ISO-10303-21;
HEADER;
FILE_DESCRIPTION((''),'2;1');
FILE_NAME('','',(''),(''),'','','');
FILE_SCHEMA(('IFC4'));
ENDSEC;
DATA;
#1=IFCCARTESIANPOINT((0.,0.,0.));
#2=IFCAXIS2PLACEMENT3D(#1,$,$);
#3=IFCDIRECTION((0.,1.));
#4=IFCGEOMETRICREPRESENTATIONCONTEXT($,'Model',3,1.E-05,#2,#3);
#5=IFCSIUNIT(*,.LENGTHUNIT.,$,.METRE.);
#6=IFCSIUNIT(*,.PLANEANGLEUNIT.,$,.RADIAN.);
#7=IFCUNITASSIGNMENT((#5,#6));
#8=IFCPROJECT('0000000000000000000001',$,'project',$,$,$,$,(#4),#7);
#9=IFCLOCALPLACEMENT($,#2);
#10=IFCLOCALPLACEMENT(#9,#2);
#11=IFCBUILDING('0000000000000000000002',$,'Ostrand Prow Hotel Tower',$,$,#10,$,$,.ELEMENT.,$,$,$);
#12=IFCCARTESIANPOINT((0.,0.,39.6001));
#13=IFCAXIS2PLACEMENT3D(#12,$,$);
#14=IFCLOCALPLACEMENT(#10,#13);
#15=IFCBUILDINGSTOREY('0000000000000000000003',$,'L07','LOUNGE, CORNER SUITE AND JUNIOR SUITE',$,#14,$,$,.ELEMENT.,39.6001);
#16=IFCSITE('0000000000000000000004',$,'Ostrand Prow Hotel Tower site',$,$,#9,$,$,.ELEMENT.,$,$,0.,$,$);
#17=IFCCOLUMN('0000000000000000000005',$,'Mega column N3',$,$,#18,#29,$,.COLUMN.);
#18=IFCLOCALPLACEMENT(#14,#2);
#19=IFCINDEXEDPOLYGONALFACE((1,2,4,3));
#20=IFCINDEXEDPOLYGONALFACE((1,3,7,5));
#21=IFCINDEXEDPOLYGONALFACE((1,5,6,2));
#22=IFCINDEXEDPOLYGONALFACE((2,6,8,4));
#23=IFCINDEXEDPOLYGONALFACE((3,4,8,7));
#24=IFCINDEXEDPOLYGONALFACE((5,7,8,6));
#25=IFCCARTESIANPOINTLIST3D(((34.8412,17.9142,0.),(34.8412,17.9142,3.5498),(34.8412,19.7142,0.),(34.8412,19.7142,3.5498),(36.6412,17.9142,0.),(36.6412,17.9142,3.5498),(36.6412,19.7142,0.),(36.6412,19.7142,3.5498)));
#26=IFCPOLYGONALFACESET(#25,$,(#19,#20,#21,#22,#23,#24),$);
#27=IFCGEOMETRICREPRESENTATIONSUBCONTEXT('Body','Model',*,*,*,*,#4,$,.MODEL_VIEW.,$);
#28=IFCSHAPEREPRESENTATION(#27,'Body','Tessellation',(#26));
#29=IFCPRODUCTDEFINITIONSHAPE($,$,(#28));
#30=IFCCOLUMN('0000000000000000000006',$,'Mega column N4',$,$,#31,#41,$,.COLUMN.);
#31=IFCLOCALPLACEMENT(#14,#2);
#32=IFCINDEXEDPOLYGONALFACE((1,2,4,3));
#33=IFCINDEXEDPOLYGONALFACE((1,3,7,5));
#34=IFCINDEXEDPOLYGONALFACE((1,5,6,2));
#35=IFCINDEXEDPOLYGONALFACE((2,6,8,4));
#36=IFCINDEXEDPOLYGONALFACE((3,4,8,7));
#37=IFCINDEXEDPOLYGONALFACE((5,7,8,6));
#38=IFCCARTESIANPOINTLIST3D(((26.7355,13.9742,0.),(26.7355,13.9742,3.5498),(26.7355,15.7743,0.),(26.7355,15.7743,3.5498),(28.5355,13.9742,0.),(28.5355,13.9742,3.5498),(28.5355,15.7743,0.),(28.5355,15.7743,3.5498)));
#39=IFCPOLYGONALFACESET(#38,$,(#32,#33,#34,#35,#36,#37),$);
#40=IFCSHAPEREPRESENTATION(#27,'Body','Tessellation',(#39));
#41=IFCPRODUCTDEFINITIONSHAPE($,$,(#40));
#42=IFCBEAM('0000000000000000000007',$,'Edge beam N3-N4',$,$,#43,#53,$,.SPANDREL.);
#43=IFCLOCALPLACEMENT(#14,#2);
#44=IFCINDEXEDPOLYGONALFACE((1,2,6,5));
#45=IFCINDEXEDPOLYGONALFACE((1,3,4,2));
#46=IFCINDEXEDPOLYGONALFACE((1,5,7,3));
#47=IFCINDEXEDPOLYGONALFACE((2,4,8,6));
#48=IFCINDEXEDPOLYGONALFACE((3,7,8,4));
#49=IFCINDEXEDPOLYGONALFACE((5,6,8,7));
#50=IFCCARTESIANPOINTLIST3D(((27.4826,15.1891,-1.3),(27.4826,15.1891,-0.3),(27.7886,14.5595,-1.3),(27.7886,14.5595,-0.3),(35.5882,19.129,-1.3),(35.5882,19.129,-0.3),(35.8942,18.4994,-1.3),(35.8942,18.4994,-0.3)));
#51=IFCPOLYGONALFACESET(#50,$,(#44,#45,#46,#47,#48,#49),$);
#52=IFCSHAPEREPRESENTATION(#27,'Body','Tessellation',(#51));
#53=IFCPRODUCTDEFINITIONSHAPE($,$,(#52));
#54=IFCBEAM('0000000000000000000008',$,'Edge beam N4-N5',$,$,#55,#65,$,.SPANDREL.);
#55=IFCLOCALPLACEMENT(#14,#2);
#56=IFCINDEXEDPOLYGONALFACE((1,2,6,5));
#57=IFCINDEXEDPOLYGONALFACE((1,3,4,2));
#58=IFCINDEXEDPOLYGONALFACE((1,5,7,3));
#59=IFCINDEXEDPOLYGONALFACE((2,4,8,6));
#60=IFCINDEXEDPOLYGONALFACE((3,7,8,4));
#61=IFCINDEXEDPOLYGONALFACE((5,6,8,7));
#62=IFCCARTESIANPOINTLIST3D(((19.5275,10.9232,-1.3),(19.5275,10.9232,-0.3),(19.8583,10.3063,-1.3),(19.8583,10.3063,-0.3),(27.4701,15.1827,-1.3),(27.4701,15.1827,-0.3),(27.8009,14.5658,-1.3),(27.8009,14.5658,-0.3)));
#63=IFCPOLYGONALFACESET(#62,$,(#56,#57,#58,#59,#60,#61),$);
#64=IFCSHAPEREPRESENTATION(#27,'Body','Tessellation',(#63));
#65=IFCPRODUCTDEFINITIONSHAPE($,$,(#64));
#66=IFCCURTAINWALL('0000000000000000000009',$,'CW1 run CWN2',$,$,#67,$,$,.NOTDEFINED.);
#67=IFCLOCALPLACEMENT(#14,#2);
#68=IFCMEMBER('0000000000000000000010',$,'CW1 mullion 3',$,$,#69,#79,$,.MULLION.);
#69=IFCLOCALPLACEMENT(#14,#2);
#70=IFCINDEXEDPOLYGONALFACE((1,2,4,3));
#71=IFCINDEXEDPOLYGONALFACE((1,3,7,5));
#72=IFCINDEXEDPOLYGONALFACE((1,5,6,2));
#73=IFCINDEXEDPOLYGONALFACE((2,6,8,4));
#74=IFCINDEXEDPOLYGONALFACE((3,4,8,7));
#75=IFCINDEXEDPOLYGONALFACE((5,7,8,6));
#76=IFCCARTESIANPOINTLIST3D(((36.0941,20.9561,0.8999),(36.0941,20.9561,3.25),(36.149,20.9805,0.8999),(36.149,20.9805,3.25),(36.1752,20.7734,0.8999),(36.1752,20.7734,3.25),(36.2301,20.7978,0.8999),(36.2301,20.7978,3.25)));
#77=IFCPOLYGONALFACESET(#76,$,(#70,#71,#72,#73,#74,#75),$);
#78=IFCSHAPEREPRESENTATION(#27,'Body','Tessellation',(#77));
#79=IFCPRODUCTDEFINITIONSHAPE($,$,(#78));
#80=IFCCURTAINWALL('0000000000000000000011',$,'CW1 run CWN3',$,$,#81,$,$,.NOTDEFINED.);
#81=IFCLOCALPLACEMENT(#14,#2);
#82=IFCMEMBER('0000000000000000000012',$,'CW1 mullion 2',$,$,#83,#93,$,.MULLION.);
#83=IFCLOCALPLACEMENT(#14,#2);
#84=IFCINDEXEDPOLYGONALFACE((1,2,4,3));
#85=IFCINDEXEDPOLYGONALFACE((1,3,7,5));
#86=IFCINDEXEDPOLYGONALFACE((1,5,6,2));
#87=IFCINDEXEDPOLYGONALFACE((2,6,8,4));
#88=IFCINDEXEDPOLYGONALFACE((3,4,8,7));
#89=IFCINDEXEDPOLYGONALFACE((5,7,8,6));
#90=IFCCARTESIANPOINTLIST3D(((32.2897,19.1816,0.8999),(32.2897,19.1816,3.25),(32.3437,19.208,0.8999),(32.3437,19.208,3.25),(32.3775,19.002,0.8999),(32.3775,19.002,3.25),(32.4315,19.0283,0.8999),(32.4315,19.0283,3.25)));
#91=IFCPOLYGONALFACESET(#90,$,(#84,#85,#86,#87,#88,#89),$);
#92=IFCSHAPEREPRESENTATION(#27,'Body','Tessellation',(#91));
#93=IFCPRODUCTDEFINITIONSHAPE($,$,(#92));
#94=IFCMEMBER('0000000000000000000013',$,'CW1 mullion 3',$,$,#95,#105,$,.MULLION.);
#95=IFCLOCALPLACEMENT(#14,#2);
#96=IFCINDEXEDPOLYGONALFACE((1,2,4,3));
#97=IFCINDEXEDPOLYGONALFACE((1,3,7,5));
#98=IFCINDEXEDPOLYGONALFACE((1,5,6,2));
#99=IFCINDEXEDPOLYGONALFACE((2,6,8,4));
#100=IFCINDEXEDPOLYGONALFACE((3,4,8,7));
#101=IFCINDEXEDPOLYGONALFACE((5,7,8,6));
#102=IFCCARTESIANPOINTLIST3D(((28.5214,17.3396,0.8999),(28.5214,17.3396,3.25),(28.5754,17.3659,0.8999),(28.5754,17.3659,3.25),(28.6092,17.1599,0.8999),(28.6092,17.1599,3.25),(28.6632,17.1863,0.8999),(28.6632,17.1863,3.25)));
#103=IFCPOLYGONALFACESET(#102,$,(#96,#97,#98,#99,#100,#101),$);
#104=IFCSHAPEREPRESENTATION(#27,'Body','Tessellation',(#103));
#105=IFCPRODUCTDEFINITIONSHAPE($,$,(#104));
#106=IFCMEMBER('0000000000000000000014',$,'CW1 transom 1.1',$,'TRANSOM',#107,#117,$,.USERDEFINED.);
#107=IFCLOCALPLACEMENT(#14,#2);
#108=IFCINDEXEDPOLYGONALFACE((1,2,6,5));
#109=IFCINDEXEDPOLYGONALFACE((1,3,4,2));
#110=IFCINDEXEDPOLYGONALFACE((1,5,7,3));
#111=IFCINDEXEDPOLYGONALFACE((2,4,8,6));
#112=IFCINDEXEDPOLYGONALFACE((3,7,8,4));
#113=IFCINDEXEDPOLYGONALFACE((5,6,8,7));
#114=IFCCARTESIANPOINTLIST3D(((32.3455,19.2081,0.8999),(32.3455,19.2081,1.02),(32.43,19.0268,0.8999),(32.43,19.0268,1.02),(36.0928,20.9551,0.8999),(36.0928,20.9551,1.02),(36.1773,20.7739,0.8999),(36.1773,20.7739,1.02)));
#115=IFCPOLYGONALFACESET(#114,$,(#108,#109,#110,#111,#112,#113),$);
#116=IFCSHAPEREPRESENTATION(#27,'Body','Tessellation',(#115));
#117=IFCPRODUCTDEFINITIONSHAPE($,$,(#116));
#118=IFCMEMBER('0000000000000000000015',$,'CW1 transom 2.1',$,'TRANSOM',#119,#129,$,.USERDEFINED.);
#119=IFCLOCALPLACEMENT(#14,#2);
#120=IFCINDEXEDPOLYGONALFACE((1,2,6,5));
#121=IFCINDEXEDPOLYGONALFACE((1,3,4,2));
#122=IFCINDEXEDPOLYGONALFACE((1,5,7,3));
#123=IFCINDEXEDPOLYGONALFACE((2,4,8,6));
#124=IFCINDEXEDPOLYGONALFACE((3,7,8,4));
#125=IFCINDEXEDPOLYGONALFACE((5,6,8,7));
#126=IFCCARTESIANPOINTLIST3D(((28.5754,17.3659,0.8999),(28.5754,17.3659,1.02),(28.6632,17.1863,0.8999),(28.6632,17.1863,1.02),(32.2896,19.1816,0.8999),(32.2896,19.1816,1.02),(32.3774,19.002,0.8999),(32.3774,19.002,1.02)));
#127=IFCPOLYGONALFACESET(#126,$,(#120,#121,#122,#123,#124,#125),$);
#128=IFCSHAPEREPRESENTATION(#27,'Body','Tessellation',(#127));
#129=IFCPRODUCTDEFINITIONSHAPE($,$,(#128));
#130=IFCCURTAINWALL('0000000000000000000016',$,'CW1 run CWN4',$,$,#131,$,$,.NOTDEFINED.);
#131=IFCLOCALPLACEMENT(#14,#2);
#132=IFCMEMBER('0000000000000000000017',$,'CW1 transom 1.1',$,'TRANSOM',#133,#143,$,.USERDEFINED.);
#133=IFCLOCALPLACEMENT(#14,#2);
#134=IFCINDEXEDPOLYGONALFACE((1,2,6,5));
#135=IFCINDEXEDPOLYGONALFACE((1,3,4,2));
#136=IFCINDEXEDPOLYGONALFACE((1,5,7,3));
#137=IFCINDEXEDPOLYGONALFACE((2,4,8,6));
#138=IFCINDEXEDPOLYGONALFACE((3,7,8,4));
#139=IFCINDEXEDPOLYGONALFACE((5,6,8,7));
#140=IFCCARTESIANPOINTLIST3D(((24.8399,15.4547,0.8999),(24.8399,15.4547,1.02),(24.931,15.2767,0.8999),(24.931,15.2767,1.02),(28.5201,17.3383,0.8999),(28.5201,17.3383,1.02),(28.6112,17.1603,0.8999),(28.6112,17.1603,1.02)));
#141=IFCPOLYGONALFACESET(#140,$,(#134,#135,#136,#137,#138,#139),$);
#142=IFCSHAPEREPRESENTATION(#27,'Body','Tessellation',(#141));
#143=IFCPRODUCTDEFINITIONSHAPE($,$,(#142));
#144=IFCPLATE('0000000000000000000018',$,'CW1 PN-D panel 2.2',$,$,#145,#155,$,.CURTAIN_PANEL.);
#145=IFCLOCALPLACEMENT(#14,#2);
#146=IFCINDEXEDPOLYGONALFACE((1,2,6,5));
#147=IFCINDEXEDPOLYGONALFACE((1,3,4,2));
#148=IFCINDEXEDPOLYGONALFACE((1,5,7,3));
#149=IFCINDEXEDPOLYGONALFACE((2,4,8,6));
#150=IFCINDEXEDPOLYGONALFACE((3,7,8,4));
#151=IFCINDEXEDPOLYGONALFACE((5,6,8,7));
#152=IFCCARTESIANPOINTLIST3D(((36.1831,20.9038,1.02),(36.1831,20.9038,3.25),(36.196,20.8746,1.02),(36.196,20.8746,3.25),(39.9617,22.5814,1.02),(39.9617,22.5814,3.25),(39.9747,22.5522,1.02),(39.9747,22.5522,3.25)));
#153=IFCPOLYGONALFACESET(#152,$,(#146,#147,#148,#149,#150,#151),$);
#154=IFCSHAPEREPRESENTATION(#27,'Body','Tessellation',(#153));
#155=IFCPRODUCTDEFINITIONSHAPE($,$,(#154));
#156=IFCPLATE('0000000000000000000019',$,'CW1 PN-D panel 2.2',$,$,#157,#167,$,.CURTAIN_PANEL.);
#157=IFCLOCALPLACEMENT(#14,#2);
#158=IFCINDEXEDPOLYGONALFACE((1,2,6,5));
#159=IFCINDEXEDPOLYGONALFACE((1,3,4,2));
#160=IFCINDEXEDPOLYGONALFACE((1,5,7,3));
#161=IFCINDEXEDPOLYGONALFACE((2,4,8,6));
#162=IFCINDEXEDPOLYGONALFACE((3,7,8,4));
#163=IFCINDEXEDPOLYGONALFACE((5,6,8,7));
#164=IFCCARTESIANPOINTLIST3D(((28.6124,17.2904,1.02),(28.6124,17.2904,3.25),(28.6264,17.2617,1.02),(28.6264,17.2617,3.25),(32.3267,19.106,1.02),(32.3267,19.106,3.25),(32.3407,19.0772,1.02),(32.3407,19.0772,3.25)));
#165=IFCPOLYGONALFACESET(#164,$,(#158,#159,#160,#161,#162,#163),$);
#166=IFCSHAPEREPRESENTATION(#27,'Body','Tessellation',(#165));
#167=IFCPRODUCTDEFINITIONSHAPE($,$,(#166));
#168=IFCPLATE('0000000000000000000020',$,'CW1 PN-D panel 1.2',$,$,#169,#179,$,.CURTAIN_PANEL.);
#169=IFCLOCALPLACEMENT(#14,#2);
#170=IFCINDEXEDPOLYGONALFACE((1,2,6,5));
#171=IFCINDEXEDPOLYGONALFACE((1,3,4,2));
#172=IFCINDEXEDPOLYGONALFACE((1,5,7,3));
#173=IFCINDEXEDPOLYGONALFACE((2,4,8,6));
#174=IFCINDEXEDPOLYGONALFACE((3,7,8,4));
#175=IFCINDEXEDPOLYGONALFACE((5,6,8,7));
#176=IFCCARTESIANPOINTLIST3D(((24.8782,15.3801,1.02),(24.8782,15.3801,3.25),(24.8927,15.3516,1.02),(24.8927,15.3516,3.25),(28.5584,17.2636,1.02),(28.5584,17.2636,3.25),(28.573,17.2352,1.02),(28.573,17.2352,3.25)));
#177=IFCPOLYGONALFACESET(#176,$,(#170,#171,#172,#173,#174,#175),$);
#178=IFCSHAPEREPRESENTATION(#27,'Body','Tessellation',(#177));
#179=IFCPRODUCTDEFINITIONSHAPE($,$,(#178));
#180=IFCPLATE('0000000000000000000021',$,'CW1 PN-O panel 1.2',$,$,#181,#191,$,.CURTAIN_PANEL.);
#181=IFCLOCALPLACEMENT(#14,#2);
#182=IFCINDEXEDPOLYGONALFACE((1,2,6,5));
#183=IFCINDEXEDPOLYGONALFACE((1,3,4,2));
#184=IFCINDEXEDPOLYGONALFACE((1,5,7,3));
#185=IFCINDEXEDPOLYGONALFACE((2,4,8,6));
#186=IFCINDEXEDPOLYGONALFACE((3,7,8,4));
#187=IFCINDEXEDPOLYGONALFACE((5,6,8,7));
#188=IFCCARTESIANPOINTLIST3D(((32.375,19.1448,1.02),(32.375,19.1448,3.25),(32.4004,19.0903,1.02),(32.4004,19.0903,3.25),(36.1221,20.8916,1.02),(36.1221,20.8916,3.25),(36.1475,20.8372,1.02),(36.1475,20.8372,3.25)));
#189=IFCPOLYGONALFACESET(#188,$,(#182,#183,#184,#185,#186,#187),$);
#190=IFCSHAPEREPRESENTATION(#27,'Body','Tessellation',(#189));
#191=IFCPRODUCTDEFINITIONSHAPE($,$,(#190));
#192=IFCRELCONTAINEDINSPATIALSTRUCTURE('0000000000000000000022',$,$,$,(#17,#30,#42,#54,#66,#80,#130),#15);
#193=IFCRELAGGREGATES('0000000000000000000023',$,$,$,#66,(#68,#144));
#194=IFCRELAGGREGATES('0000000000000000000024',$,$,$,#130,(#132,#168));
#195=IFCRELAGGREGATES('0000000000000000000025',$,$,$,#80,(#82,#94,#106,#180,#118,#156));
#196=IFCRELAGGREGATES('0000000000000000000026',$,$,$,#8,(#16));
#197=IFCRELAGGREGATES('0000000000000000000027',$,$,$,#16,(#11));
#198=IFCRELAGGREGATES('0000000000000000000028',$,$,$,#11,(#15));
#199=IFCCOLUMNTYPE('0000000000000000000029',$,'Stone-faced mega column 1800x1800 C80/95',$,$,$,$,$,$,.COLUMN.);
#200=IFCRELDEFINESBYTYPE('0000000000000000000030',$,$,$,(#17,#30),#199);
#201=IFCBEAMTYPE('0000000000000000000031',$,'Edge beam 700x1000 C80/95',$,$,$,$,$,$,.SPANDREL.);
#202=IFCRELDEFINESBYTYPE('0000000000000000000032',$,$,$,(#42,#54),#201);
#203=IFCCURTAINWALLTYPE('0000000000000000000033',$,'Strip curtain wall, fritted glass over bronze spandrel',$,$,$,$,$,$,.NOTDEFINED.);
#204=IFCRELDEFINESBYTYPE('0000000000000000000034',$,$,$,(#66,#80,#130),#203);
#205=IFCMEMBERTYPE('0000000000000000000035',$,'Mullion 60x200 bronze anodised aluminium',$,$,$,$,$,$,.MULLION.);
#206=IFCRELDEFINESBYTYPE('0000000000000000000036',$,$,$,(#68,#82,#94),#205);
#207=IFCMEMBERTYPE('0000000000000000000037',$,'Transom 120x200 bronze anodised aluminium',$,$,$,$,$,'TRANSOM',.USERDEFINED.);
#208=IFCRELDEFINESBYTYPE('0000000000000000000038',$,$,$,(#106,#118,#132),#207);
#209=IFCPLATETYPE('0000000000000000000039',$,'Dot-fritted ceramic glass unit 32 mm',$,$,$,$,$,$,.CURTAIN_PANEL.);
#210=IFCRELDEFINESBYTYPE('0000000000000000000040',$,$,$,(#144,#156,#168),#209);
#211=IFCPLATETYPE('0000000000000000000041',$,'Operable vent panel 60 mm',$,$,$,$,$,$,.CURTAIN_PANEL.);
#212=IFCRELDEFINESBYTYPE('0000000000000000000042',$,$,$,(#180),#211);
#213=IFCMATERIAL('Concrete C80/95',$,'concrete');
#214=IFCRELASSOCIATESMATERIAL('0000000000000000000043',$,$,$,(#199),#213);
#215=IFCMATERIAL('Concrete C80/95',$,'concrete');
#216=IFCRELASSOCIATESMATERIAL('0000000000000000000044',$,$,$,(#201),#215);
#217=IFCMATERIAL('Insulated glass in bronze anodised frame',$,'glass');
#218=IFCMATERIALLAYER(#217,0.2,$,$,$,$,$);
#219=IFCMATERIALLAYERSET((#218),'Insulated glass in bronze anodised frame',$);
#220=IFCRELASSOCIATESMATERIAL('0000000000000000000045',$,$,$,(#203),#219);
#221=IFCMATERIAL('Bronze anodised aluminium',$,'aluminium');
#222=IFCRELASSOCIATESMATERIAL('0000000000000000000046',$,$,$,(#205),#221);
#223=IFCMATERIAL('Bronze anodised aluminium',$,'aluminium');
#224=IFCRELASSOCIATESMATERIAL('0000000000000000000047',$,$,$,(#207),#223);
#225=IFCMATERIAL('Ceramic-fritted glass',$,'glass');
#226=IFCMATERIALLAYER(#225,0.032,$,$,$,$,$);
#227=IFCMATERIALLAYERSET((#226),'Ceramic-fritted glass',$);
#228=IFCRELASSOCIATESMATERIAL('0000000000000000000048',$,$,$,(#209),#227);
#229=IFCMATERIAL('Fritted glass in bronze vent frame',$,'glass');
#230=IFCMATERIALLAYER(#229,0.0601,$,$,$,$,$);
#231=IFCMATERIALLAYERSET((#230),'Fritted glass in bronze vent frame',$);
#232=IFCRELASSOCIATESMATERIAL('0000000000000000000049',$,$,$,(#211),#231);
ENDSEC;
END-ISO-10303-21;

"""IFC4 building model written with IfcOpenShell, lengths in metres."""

from ifc_helpers import new_model, si_unit, direction, frame, origin, origin_2d, place, context, subcontext, project, spatial, rectangle, extrude, material, layer, layer_set, material_profile, profile_set, type_object, element, aggregate, save


model = new_model("IFC4")

# Units and contexts
model_context = context("Model", 3, precision=1e-05, world=origin(), true_north=direction((0.0, 1.0)))
body_context = subcontext(model_context, "Body", "Model", "MODEL_VIEW")
ifc_project = project(units=[si_unit("LENGTHUNIT", "METRE"), si_unit("PLANEANGLEUNIT", "RADIAN")], contexts=[model_context])

# Site, building, storey
site_placement = place(None, origin())
site = spatial("IfcSite", under=ifc_project, at=site_placement, Name="Ostrand Prow Hotel Tower site", CompositionType="ELEMENT", RefElevation=0.0)
building_placement = place(site_placement, origin())
building = spatial("IfcBuilding", under=site, at=building_placement, Name="Ostrand Prow Hotel Tower", CompositionType="ELEMENT")
storey_placement = place(building_placement, frame((0.0, 0.0, 39.6001)))
storey = spatial("IfcBuildingStorey", under=building, at=storey_placement, Name="L07", Description="LOUNGE, CORNER SUITE AND JUNIOR SUITE", CompositionType="ELEMENT", Elevation=39.6001)

# Columns
ifc_material_1 = material(Name="Concrete C80/95", Category="concrete")
ifc_material_profile_1 = material_profile(ifc_material_1, rectangle(XDim=1.8, YDim=1.8, at=origin_2d()), Name="RC 1800x1800")
ifc_profile_set_1 = profile_set([ifc_material_profile_1], Name="Concrete C80/95")
column_type = type_object("IfcColumnType", Name="Stone-faced mega column 1800x1800 C80/95", PredefinedType="COLUMN", material=ifc_profile_set_1)
for number, where, z_axis, x_axis, name in (
    (1, (35.7412, 18.8142, 0.0), (0.0, 0.0, 1.0), (1.0, 0.0, 0.0), "Mega column N3"),
    (2, (27.6355, 14.8743, 0.0), (0.0, 0.0, 1.0), (1.0, 0.0, 0.0), "Mega column N4"),
):
    element("IfcColumn", number, at=place(storey_placement, frame(where, z_axis=z_axis, x_axis=x_axis)), inside=storey, type_object=column_type, Name=name, PredefinedType="COLUMN", context=body_context, shape_type="SweptSolid", body=[
        extrude(rectangle(XDim=1.8, YDim=1.8, at=origin_2d()), origin(), (0.0, 0.0, 1.0), 3.5498),
    ])

# Beams
ifc_material_2 = material(Name="Concrete C80/95", Category="concrete")
ifc_material_profile_2 = material_profile(ifc_material_2, rectangle(XDim=0.7, YDim=1.0, at=origin_2d()), Name="RC 700x1000")
ifc_profile_set_2 = profile_set([ifc_material_profile_2], Name="Concrete C80/95")
beam_type = type_object("IfcBeamType", Name="Edge beam 700x1000 C80/95", PredefinedType="SPANDREL", material=ifc_profile_set_2)
beam_1_placement = place(storey_placement, frame((35.7412, 18.8142, -0.8), z_axis=(-0.899382, -0.437163, 0.0), x_axis=(0.437163, -0.899382, 0.0)))
element("IfcBeam", 3, at=beam_1_placement, inside=storey, type_object=beam_type, Name="Edge beam N3-N4", PredefinedType="SPANDREL", context=body_context, shape_type="SweptSolid", body=[
    extrude(rectangle(XDim=0.7, YDim=1.0, at=origin_2d()), origin(), (0.0, 0.0, 1.0), 9.0125),
])
beam_2_placement = place(storey_placement, frame((27.6355, 14.8743, -0.8), z_axis=(-0.88127, -0.472613, 0.0), x_axis=(0.472613, -0.88127, 0.0)))
element("IfcBeam", 4, at=beam_2_placement, inside=storey, type_object=beam_type, Name="Edge beam N4-N5", PredefinedType="SPANDREL", context=body_context, shape_type="SweptSolid", body=[
    extrude(rectangle(XDim=0.7, YDim=1.0, at=origin_2d()), origin(), (0.0, 0.0, 1.0), 9.0127),
])

# Curtain wall, member
ifc_material_3 = material(Name="Insulated glass in bronze anodised frame", Category="glass")
ifc_layer_1 = layer(ifc_material_3, 0.2)
ifc_layer_set_1 = layer_set([ifc_layer_1], Name="Insulated glass in bronze anodised frame")
curtain_wall_type = type_object("IfcCurtainWallType", Name="Strip curtain wall, fritted glass over bronze spandrel", PredefinedType="NOTDEFINED", material=ifc_layer_set_1)
curtain_wall_1_placement = place(storey_placement, origin())
curtain_wall_1 = element("IfcCurtainWall", 5, at=curtain_wall_1_placement, inside=storey, type_object=curtain_wall_type, Name="CW1 run CWN2", PredefinedType="NOTDEFINED")
ifc_material_4 = material(Name="Bronze anodised aluminium", Category="aluminium")
ifc_material_profile_3 = material_profile(ifc_material_4, rectangle(XDim=0.2, YDim=0.0601, at=origin_2d()), Name="Mullion 60x200 bronze anodised aluminium")
ifc_profile_set_3 = profile_set([ifc_material_profile_3], Name="Bronze anodised aluminium")
member_type_1 = type_object("IfcMemberType", Name="Mullion 60x200 bronze anodised aluminium", PredefinedType="MULLION", material=ifc_profile_set_3)
member_1_placement = place(storey_placement, frame((36.1621, 20.877, 0.8999), z_axis=(0.0, 0.0, 1.0), x_axis=(0.40578, -0.913971, 0.0)))
member_1 = element("IfcMember", 6, at=member_1_placement, type_object=member_type_1, Name="CW1 mullion 3", PredefinedType="MULLION", context=body_context, shape_type="SweptSolid", body=[
    extrude(rectangle(XDim=0.2, YDim=0.0601, at=origin_2d()), origin(), (0.0, 0.0, 1.0), 2.3501),
])

# Curtain wall, members
curtain_wall_2_placement = place(storey_placement, origin())
curtain_wall_2 = element("IfcCurtainWall", 7, at=curtain_wall_2_placement, inside=storey, type_object=curtain_wall_type, Name="CW1 run CWN3", PredefinedType="NOTDEFINED")
member_2_placement = place(storey_placement, frame((32.3606, 19.105, 0.8999), z_axis=(0.0, 0.0, 1.0), x_axis=(0.439138, -0.89842, 0.0)))
member_2 = element("IfcMember", 8, at=member_2_placement, type_object=member_type_1, Name="CW1 mullion 2", PredefinedType="MULLION", context=body_context, shape_type="SweptSolid", body=[
    extrude(rectangle(XDim=0.2, YDim=0.0601, at=origin_2d()), origin(), (0.0, 0.0, 1.0), 2.3501),
])
member_3_placement = place(storey_placement, frame((28.5923, 17.2629, 0.8999), z_axis=(0.0, 0.0, 1.0), x_axis=(0.439138, -0.89842, 0.0)))
member_3 = element("IfcMember", 9, at=member_3_placement, type_object=member_type_1, Name="CW1 mullion 3", PredefinedType="MULLION", context=body_context, shape_type="SweptSolid", body=[
    extrude(rectangle(XDim=0.2, YDim=0.0601, at=origin_2d()), origin(), (0.0, 0.0, 1.0), 2.3501),
])
ifc_material_5 = material(Name="Bronze anodised aluminium", Category="aluminium")
ifc_material_profile_4 = material_profile(ifc_material_5, rectangle(XDim=0.2, YDim=0.1201, at=origin_2d()), Name="Transom 120x200 bronze anodised aluminium")
ifc_profile_set_4 = profile_set([ifc_material_profile_4], Name="Bronze anodised aluminium")
member_type_2 = type_object("IfcMemberType", Name="Transom 120x200 bronze anodised aluminium", ElementType="TRANSOM", PredefinedType="USERDEFINED", material=ifc_profile_set_4)
member_4_placement = place(storey_placement, frame((36.135, 20.8645, 0.96), z_axis=(-0.906338, -0.422552, 0.0), x_axis=(0.422552, -0.906338, 0.0)))
member_4 = element("IfcMember", 10, at=member_4_placement, type_object=member_type_2, Name="CW1 transom 1.1", ObjectType="TRANSOM", PredefinedType="USERDEFINED", context=body_context, shape_type="SweptSolid", body=[
    extrude(rectangle(XDim=0.2, YDim=0.1201, at=origin_2d()), origin(), (0.0, 0.0, 1.0), 4.1345),
])
member_5_placement = place(storey_placement, frame((32.3335, 19.0918, 0.96), z_axis=(-0.898395, -0.439188, 0.0), x_axis=(0.439188, -0.898395, 0.0)))
member_5 = element("IfcMember", 11, at=member_5_placement, type_object=member_type_2, Name="CW1 transom 2.1", ObjectType="TRANSOM", PredefinedType="USERDEFINED", context=body_context, shape_type="SweptSolid", body=[
    extrude(rectangle(XDim=0.2, YDim=0.1201, at=origin_2d()), origin(), (0.0, 0.0, 1.0), 4.1343),
])

# Curtain wall, member
curtain_wall_3_placement = place(storey_placement, origin())
curtain_wall_3 = element("IfcCurtainWall", 12, at=curtain_wall_3_placement, inside=storey, type_object=curtain_wall_type, Name="CW1 run CWN4", PredefinedType="NOTDEFINED")
member_6_placement = place(storey_placement, frame((28.5657, 17.2493, 0.96), z_axis=(-0.890183, -0.455603, 0.0), x_axis=(0.455603, -0.890183, 0.0)))
member_6 = element("IfcMember", 13, at=member_6_placement, type_object=member_type_2, Name="CW1 transom 1.1", ObjectType="TRANSOM", PredefinedType="USERDEFINED", context=body_context, shape_type="SweptSolid", body=[
    extrude(rectangle(XDim=0.2, YDim=0.1201, at=origin_2d()), origin(), (0.0, 0.0, 1.0), 4.1343),
])

# Plates
ifc_material_6 = material(Name="Ceramic-fritted glass", Category="glass")
ifc_layer_2 = layer(ifc_material_6, 0.032)
ifc_layer_set_2 = layer_set([ifc_layer_2], Name="Ceramic-fritted glass")
plate_type_1 = type_object("IfcPlateType", Name="Dot-fritted ceramic glass unit 32 mm", PredefinedType="CURTAIN_PANEL", material=ifc_layer_set_2)
plate_1_placement = place(storey_placement, frame((38.0789, 21.728, 1.02), z_axis=(0.0, 0.0, 1.0), x_axis=(-0.913971, -0.40578, 0.0)))
plate_1 = element("IfcPlate", 14, at=plate_1_placement, type_object=plate_type_1, Name="CW1 PN-D panel 2.2", PredefinedType="CURTAIN_PANEL", context=body_context, shape_type="SweptSolid", body=[
    extrude(rectangle(XDim=4.1343, YDim=0.032, at=origin_2d()), origin(), (0.0, 0.0, 1.0), 2.23),
])
aggregate(curtain_wall_1, [member_1, plate_1])
plate_2_placement = place(storey_placement, frame((30.4766, 18.1838, 1.02), z_axis=(0.0, 0.0, 1.0), x_axis=(-0.89842, -0.439138, 0.0)))
plate_2 = element("IfcPlate", 15, at=plate_2_placement, type_object=plate_type_1, Name="CW1 PN-D panel 2.2", PredefinedType="CURTAIN_PANEL", context=body_context, shape_type="SweptSolid", body=[
    extrude(rectangle(XDim=4.1343, YDim=0.032, at=origin_2d()), origin(), (0.0, 0.0, 1.0), 2.23),
])
plate_3_placement = place(storey_placement, frame((26.7256, 16.3076, 1.02), z_axis=(0.0, 0.0, 1.0), x_axis=(-0.890187, -0.455596, 0.0)))
plate_3 = element("IfcPlate", 16, at=plate_3_placement, type_object=plate_type_1, Name="CW1 PN-D panel 1.2", PredefinedType="CURTAIN_PANEL", context=body_context, shape_type="SweptSolid", body=[
    extrude(rectangle(XDim=4.1343, YDim=0.032, at=origin_2d()), origin(), (0.0, 0.0, 1.0), 2.23),
])
aggregate(curtain_wall_3, [member_6, plate_3])
ifc_material_7 = material(Name="Fritted glass in bronze vent frame", Category="glass")
ifc_layer_3 = layer(ifc_material_7, 0.0601)
ifc_layer_set_3 = layer_set([ifc_layer_3], Name="Fritted glass in bronze vent frame")
plate_type_2 = type_object("IfcPlateType", Name="Operable vent panel 60 mm", PredefinedType="CURTAIN_PANEL", material=ifc_layer_set_3)
plate_4_placement = place(storey_placement, frame((34.2612, 19.991, 1.02), z_axis=(0.0, 0.0, 1.0), x_axis=(-0.906349, -0.42253, 0.0)))
plate_4 = element("IfcPlate", 17, at=plate_4_placement, type_object=plate_type_2, Name="CW1 PN-O panel 1.2", PredefinedType="CURTAIN_PANEL", context=body_context, shape_type="SweptSolid", body=[
    extrude(rectangle(XDim=4.1343, YDim=0.0601, at=origin_2d()), origin(), (0.0, 0.0, 1.0), 2.23),
])
aggregate(curtain_wall_2, [member_2, member_3, member_4, plate_4, member_5, plate_2])

save(model, "model.ifc")
